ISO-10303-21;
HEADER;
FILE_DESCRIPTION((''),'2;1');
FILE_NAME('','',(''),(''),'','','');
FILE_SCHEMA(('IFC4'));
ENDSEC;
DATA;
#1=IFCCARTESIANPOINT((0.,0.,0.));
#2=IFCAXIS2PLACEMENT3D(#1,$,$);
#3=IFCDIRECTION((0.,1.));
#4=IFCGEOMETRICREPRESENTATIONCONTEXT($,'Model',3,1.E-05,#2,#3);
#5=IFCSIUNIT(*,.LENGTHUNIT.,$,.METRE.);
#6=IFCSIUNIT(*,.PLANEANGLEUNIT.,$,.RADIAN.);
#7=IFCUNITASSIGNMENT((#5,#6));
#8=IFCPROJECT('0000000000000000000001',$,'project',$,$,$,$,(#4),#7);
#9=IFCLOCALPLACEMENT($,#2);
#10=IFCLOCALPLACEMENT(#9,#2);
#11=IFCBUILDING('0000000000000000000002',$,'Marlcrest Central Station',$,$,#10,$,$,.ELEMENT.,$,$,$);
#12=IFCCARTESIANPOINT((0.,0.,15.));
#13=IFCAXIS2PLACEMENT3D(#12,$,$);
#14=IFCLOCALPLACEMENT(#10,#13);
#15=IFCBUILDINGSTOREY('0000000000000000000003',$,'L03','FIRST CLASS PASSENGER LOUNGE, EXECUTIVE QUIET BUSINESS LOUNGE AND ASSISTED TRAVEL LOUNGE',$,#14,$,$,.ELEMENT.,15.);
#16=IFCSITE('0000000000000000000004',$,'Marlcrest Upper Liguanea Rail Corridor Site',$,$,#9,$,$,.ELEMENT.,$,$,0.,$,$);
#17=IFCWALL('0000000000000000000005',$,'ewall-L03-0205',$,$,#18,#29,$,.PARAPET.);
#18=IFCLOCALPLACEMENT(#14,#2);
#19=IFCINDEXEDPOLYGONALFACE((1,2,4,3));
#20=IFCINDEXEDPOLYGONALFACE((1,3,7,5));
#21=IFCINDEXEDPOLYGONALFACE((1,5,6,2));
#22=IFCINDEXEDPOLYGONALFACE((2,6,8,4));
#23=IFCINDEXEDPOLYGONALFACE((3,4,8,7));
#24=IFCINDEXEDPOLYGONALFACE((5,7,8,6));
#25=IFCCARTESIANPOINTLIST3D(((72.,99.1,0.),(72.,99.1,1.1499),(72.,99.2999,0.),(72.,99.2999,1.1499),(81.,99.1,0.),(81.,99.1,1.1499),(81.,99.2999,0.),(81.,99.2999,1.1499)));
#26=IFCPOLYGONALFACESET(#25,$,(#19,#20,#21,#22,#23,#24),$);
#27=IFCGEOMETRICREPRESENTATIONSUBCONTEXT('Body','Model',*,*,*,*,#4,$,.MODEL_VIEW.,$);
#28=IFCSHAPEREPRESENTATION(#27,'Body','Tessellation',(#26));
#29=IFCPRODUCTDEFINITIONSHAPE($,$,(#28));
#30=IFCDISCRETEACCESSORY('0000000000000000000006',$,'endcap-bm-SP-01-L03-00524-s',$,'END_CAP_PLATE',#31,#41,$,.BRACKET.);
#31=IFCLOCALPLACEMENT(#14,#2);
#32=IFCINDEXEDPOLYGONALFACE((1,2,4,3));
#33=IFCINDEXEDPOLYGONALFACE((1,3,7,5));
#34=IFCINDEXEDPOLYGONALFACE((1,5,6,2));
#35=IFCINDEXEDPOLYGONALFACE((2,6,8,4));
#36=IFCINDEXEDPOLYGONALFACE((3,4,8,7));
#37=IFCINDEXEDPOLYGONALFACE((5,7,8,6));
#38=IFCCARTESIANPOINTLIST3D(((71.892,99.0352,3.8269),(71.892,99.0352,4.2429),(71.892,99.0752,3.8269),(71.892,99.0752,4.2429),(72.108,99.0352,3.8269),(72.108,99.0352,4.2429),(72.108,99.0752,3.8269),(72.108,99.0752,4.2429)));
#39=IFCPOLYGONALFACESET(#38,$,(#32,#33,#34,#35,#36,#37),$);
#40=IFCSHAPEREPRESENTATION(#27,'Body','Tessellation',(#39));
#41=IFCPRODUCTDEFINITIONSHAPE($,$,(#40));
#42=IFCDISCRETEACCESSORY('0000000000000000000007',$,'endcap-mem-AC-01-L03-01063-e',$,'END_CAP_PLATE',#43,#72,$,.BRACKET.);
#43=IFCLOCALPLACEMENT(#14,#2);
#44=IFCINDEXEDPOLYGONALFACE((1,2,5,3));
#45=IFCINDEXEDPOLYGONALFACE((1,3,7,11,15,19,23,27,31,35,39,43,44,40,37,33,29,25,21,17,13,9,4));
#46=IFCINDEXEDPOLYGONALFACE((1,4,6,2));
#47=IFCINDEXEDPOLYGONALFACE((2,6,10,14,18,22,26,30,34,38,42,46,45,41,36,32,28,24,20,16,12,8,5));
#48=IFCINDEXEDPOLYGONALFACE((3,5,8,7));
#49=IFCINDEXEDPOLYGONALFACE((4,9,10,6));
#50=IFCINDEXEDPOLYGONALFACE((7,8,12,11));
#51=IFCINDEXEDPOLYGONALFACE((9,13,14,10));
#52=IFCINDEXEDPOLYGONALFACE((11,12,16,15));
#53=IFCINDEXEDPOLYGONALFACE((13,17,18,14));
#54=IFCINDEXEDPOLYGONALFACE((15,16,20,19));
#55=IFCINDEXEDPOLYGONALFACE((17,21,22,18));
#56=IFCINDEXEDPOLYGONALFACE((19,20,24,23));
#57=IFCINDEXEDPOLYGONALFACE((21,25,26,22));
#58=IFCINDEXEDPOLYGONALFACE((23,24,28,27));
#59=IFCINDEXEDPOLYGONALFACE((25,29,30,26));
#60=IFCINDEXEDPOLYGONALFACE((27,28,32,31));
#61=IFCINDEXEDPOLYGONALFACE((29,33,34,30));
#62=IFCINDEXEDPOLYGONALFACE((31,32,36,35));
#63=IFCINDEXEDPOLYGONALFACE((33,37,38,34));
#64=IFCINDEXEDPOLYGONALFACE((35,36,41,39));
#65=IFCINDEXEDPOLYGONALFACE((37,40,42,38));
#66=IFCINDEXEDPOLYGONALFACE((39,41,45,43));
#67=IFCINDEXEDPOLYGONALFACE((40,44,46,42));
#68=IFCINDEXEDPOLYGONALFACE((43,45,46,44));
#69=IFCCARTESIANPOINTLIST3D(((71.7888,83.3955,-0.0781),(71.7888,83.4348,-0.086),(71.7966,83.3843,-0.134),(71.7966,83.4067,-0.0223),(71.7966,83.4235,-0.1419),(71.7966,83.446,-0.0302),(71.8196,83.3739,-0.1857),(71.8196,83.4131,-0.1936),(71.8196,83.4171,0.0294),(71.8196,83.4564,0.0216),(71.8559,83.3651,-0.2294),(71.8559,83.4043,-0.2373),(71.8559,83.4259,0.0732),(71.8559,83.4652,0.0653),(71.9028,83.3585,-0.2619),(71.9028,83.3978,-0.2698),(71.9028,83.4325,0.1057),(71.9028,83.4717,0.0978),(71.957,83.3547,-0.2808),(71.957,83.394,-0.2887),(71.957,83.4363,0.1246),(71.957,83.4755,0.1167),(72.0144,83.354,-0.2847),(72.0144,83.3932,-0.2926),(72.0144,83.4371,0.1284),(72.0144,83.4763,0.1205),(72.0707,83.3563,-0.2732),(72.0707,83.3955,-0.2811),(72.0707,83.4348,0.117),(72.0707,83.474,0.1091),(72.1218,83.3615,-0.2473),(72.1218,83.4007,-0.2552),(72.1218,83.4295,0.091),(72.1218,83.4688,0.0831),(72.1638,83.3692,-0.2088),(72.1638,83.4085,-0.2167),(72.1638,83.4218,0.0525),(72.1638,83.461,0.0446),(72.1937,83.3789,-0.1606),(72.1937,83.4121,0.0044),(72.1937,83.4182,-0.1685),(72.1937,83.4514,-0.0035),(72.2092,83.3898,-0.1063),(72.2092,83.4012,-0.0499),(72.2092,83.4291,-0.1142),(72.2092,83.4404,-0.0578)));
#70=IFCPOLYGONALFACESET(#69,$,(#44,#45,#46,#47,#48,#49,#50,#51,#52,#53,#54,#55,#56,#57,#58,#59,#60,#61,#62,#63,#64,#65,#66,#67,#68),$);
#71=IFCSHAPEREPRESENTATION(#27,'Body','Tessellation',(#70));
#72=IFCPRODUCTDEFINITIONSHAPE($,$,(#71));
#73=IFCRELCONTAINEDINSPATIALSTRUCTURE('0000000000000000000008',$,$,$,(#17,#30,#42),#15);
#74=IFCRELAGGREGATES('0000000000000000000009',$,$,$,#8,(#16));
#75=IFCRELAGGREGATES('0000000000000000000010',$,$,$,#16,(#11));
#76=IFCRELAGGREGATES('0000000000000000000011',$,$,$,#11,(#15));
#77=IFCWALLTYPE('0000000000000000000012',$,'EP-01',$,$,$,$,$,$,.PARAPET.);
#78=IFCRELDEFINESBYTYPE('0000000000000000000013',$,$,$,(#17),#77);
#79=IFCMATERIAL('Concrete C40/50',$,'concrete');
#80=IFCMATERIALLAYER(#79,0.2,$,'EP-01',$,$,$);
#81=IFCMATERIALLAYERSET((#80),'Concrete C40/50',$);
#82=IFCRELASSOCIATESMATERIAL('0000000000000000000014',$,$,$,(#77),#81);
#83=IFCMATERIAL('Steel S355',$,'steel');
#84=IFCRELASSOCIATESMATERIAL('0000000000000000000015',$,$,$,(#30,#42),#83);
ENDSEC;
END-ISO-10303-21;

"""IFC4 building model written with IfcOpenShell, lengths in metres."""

from ifc_helpers import new_model, si_unit, direction, frame, frame_2d, origin, origin_2d, place, context, subcontext, project, spatial, rectangle, circle, extrude, material, layer, layer_set, type_object, element, save


model = new_model("IFC4")

# Units and contexts
model_context = context("Model", 3, precision=1e-05, world=origin(), true_north=direction((0.0, 1.0)))
body_context = subcontext(model_context, "Body", "Model", "MODEL_VIEW")
ifc_project = project(units=[si_unit("LENGTHUNIT", "METRE"), si_unit("PLANEANGLEUNIT", "RADIAN")], contexts=[model_context])

# Site, building, storey
site_placement = place(None, origin())
site = spatial("IfcSite", under=ifc_project, at=site_placement, Name="Marlcrest Upper Liguanea Rail Corridor Site", CompositionType="ELEMENT", RefElevation=0.0)
building_placement = place(site_placement, origin())
building = spatial("IfcBuilding", under=site, at=building_placement, Name="Marlcrest Central Station", CompositionType="ELEMENT")
storey_placement = place(building_placement, frame((0.0, 0.0, 15.0)))
storey = spatial("IfcBuildingStorey", under=building, at=storey_placement, Name="L03", Description="FIRST CLASS PASSENGER LOUNGE, EXECUTIVE QUIET BUSINESS LOUNGE AND ASSISTED TRAVEL LOUNGE", CompositionType="ELEMENT", Elevation=15.0)

# Shared definitions
ifc_material_1 = material(Name="Steel S355", Category="steel")

# Wall
ifc_material_2 = material(Name="Concrete C40/50", Category="concrete")
ifc_layer_1 = layer(ifc_material_2, 0.2, Name="EP-01")
ifc_layer_set_1 = layer_set([ifc_layer_1], Name="Concrete C40/50")
wall_type = type_object("IfcWallType", Name="EP-01", PredefinedType="PARAPET", material=ifc_layer_set_1)
wall_placement = place(storey_placement, frame((81.0, 99.2, 0.0), z_axis=(0.0, 0.0, 1.0), x_axis=(-1.0, 0.0, 0.0)))
element("IfcWall", 1, at=wall_placement, inside=storey, type_object=wall_type, Name="ewall-L03-0205", PredefinedType="PARAPET", context=body_context, shape_type="SweptSolid", body=[
    extrude(rectangle(XDim=9.0, YDim=0.2, at=frame_2d((4.5, 0.0))), origin(), (0.0, 0.0, 1.0), 1.1499),
])

# Discrete accessories
discrete_accessory_1_placement = place(storey_placement, frame((72.0, 99.0352, 4.0349), z_axis=(0.0, 1.0, 0.0), x_axis=(-1.0, 0.0, 0.0)))
element("IfcDiscreteAccessory", 2, at=discrete_accessory_1_placement, inside=storey, material=ifc_material_1, Name="endcap-bm-SP-01-L03-00524-s", ObjectType="END_CAP_PLATE", PredefinedType="BRACKET", context=body_context, shape_type="SweptSolid", body=[
    extrude(rectangle(XDim=0.2161, YDim=0.416, at=origin_2d()), origin(), (0.0, 0.0, 1.0), 0.04),
])
discrete_accessory_2_placement = place(storey_placement, frame((72.0, 83.3955, -0.0781), z_axis=(0.0, 0.980359, -0.197219), x_axis=(-1.0, 0.0, 0.0)))
element("IfcDiscreteAccessory", 3, at=discrete_accessory_2_placement, inside=storey, material=ifc_material_1, Name="endcap-mem-AC-01-L03-01063-e", ObjectType="END_CAP_PLATE", PredefinedType="BRACKET", context=body_context, shape_type="SweptSolid", body=[
    extrude(circle(Radius=0.2112, at=origin_2d()), origin(), (0.0, 0.0, 1.0), 0.04),
])

save(model, "model.ifc")
